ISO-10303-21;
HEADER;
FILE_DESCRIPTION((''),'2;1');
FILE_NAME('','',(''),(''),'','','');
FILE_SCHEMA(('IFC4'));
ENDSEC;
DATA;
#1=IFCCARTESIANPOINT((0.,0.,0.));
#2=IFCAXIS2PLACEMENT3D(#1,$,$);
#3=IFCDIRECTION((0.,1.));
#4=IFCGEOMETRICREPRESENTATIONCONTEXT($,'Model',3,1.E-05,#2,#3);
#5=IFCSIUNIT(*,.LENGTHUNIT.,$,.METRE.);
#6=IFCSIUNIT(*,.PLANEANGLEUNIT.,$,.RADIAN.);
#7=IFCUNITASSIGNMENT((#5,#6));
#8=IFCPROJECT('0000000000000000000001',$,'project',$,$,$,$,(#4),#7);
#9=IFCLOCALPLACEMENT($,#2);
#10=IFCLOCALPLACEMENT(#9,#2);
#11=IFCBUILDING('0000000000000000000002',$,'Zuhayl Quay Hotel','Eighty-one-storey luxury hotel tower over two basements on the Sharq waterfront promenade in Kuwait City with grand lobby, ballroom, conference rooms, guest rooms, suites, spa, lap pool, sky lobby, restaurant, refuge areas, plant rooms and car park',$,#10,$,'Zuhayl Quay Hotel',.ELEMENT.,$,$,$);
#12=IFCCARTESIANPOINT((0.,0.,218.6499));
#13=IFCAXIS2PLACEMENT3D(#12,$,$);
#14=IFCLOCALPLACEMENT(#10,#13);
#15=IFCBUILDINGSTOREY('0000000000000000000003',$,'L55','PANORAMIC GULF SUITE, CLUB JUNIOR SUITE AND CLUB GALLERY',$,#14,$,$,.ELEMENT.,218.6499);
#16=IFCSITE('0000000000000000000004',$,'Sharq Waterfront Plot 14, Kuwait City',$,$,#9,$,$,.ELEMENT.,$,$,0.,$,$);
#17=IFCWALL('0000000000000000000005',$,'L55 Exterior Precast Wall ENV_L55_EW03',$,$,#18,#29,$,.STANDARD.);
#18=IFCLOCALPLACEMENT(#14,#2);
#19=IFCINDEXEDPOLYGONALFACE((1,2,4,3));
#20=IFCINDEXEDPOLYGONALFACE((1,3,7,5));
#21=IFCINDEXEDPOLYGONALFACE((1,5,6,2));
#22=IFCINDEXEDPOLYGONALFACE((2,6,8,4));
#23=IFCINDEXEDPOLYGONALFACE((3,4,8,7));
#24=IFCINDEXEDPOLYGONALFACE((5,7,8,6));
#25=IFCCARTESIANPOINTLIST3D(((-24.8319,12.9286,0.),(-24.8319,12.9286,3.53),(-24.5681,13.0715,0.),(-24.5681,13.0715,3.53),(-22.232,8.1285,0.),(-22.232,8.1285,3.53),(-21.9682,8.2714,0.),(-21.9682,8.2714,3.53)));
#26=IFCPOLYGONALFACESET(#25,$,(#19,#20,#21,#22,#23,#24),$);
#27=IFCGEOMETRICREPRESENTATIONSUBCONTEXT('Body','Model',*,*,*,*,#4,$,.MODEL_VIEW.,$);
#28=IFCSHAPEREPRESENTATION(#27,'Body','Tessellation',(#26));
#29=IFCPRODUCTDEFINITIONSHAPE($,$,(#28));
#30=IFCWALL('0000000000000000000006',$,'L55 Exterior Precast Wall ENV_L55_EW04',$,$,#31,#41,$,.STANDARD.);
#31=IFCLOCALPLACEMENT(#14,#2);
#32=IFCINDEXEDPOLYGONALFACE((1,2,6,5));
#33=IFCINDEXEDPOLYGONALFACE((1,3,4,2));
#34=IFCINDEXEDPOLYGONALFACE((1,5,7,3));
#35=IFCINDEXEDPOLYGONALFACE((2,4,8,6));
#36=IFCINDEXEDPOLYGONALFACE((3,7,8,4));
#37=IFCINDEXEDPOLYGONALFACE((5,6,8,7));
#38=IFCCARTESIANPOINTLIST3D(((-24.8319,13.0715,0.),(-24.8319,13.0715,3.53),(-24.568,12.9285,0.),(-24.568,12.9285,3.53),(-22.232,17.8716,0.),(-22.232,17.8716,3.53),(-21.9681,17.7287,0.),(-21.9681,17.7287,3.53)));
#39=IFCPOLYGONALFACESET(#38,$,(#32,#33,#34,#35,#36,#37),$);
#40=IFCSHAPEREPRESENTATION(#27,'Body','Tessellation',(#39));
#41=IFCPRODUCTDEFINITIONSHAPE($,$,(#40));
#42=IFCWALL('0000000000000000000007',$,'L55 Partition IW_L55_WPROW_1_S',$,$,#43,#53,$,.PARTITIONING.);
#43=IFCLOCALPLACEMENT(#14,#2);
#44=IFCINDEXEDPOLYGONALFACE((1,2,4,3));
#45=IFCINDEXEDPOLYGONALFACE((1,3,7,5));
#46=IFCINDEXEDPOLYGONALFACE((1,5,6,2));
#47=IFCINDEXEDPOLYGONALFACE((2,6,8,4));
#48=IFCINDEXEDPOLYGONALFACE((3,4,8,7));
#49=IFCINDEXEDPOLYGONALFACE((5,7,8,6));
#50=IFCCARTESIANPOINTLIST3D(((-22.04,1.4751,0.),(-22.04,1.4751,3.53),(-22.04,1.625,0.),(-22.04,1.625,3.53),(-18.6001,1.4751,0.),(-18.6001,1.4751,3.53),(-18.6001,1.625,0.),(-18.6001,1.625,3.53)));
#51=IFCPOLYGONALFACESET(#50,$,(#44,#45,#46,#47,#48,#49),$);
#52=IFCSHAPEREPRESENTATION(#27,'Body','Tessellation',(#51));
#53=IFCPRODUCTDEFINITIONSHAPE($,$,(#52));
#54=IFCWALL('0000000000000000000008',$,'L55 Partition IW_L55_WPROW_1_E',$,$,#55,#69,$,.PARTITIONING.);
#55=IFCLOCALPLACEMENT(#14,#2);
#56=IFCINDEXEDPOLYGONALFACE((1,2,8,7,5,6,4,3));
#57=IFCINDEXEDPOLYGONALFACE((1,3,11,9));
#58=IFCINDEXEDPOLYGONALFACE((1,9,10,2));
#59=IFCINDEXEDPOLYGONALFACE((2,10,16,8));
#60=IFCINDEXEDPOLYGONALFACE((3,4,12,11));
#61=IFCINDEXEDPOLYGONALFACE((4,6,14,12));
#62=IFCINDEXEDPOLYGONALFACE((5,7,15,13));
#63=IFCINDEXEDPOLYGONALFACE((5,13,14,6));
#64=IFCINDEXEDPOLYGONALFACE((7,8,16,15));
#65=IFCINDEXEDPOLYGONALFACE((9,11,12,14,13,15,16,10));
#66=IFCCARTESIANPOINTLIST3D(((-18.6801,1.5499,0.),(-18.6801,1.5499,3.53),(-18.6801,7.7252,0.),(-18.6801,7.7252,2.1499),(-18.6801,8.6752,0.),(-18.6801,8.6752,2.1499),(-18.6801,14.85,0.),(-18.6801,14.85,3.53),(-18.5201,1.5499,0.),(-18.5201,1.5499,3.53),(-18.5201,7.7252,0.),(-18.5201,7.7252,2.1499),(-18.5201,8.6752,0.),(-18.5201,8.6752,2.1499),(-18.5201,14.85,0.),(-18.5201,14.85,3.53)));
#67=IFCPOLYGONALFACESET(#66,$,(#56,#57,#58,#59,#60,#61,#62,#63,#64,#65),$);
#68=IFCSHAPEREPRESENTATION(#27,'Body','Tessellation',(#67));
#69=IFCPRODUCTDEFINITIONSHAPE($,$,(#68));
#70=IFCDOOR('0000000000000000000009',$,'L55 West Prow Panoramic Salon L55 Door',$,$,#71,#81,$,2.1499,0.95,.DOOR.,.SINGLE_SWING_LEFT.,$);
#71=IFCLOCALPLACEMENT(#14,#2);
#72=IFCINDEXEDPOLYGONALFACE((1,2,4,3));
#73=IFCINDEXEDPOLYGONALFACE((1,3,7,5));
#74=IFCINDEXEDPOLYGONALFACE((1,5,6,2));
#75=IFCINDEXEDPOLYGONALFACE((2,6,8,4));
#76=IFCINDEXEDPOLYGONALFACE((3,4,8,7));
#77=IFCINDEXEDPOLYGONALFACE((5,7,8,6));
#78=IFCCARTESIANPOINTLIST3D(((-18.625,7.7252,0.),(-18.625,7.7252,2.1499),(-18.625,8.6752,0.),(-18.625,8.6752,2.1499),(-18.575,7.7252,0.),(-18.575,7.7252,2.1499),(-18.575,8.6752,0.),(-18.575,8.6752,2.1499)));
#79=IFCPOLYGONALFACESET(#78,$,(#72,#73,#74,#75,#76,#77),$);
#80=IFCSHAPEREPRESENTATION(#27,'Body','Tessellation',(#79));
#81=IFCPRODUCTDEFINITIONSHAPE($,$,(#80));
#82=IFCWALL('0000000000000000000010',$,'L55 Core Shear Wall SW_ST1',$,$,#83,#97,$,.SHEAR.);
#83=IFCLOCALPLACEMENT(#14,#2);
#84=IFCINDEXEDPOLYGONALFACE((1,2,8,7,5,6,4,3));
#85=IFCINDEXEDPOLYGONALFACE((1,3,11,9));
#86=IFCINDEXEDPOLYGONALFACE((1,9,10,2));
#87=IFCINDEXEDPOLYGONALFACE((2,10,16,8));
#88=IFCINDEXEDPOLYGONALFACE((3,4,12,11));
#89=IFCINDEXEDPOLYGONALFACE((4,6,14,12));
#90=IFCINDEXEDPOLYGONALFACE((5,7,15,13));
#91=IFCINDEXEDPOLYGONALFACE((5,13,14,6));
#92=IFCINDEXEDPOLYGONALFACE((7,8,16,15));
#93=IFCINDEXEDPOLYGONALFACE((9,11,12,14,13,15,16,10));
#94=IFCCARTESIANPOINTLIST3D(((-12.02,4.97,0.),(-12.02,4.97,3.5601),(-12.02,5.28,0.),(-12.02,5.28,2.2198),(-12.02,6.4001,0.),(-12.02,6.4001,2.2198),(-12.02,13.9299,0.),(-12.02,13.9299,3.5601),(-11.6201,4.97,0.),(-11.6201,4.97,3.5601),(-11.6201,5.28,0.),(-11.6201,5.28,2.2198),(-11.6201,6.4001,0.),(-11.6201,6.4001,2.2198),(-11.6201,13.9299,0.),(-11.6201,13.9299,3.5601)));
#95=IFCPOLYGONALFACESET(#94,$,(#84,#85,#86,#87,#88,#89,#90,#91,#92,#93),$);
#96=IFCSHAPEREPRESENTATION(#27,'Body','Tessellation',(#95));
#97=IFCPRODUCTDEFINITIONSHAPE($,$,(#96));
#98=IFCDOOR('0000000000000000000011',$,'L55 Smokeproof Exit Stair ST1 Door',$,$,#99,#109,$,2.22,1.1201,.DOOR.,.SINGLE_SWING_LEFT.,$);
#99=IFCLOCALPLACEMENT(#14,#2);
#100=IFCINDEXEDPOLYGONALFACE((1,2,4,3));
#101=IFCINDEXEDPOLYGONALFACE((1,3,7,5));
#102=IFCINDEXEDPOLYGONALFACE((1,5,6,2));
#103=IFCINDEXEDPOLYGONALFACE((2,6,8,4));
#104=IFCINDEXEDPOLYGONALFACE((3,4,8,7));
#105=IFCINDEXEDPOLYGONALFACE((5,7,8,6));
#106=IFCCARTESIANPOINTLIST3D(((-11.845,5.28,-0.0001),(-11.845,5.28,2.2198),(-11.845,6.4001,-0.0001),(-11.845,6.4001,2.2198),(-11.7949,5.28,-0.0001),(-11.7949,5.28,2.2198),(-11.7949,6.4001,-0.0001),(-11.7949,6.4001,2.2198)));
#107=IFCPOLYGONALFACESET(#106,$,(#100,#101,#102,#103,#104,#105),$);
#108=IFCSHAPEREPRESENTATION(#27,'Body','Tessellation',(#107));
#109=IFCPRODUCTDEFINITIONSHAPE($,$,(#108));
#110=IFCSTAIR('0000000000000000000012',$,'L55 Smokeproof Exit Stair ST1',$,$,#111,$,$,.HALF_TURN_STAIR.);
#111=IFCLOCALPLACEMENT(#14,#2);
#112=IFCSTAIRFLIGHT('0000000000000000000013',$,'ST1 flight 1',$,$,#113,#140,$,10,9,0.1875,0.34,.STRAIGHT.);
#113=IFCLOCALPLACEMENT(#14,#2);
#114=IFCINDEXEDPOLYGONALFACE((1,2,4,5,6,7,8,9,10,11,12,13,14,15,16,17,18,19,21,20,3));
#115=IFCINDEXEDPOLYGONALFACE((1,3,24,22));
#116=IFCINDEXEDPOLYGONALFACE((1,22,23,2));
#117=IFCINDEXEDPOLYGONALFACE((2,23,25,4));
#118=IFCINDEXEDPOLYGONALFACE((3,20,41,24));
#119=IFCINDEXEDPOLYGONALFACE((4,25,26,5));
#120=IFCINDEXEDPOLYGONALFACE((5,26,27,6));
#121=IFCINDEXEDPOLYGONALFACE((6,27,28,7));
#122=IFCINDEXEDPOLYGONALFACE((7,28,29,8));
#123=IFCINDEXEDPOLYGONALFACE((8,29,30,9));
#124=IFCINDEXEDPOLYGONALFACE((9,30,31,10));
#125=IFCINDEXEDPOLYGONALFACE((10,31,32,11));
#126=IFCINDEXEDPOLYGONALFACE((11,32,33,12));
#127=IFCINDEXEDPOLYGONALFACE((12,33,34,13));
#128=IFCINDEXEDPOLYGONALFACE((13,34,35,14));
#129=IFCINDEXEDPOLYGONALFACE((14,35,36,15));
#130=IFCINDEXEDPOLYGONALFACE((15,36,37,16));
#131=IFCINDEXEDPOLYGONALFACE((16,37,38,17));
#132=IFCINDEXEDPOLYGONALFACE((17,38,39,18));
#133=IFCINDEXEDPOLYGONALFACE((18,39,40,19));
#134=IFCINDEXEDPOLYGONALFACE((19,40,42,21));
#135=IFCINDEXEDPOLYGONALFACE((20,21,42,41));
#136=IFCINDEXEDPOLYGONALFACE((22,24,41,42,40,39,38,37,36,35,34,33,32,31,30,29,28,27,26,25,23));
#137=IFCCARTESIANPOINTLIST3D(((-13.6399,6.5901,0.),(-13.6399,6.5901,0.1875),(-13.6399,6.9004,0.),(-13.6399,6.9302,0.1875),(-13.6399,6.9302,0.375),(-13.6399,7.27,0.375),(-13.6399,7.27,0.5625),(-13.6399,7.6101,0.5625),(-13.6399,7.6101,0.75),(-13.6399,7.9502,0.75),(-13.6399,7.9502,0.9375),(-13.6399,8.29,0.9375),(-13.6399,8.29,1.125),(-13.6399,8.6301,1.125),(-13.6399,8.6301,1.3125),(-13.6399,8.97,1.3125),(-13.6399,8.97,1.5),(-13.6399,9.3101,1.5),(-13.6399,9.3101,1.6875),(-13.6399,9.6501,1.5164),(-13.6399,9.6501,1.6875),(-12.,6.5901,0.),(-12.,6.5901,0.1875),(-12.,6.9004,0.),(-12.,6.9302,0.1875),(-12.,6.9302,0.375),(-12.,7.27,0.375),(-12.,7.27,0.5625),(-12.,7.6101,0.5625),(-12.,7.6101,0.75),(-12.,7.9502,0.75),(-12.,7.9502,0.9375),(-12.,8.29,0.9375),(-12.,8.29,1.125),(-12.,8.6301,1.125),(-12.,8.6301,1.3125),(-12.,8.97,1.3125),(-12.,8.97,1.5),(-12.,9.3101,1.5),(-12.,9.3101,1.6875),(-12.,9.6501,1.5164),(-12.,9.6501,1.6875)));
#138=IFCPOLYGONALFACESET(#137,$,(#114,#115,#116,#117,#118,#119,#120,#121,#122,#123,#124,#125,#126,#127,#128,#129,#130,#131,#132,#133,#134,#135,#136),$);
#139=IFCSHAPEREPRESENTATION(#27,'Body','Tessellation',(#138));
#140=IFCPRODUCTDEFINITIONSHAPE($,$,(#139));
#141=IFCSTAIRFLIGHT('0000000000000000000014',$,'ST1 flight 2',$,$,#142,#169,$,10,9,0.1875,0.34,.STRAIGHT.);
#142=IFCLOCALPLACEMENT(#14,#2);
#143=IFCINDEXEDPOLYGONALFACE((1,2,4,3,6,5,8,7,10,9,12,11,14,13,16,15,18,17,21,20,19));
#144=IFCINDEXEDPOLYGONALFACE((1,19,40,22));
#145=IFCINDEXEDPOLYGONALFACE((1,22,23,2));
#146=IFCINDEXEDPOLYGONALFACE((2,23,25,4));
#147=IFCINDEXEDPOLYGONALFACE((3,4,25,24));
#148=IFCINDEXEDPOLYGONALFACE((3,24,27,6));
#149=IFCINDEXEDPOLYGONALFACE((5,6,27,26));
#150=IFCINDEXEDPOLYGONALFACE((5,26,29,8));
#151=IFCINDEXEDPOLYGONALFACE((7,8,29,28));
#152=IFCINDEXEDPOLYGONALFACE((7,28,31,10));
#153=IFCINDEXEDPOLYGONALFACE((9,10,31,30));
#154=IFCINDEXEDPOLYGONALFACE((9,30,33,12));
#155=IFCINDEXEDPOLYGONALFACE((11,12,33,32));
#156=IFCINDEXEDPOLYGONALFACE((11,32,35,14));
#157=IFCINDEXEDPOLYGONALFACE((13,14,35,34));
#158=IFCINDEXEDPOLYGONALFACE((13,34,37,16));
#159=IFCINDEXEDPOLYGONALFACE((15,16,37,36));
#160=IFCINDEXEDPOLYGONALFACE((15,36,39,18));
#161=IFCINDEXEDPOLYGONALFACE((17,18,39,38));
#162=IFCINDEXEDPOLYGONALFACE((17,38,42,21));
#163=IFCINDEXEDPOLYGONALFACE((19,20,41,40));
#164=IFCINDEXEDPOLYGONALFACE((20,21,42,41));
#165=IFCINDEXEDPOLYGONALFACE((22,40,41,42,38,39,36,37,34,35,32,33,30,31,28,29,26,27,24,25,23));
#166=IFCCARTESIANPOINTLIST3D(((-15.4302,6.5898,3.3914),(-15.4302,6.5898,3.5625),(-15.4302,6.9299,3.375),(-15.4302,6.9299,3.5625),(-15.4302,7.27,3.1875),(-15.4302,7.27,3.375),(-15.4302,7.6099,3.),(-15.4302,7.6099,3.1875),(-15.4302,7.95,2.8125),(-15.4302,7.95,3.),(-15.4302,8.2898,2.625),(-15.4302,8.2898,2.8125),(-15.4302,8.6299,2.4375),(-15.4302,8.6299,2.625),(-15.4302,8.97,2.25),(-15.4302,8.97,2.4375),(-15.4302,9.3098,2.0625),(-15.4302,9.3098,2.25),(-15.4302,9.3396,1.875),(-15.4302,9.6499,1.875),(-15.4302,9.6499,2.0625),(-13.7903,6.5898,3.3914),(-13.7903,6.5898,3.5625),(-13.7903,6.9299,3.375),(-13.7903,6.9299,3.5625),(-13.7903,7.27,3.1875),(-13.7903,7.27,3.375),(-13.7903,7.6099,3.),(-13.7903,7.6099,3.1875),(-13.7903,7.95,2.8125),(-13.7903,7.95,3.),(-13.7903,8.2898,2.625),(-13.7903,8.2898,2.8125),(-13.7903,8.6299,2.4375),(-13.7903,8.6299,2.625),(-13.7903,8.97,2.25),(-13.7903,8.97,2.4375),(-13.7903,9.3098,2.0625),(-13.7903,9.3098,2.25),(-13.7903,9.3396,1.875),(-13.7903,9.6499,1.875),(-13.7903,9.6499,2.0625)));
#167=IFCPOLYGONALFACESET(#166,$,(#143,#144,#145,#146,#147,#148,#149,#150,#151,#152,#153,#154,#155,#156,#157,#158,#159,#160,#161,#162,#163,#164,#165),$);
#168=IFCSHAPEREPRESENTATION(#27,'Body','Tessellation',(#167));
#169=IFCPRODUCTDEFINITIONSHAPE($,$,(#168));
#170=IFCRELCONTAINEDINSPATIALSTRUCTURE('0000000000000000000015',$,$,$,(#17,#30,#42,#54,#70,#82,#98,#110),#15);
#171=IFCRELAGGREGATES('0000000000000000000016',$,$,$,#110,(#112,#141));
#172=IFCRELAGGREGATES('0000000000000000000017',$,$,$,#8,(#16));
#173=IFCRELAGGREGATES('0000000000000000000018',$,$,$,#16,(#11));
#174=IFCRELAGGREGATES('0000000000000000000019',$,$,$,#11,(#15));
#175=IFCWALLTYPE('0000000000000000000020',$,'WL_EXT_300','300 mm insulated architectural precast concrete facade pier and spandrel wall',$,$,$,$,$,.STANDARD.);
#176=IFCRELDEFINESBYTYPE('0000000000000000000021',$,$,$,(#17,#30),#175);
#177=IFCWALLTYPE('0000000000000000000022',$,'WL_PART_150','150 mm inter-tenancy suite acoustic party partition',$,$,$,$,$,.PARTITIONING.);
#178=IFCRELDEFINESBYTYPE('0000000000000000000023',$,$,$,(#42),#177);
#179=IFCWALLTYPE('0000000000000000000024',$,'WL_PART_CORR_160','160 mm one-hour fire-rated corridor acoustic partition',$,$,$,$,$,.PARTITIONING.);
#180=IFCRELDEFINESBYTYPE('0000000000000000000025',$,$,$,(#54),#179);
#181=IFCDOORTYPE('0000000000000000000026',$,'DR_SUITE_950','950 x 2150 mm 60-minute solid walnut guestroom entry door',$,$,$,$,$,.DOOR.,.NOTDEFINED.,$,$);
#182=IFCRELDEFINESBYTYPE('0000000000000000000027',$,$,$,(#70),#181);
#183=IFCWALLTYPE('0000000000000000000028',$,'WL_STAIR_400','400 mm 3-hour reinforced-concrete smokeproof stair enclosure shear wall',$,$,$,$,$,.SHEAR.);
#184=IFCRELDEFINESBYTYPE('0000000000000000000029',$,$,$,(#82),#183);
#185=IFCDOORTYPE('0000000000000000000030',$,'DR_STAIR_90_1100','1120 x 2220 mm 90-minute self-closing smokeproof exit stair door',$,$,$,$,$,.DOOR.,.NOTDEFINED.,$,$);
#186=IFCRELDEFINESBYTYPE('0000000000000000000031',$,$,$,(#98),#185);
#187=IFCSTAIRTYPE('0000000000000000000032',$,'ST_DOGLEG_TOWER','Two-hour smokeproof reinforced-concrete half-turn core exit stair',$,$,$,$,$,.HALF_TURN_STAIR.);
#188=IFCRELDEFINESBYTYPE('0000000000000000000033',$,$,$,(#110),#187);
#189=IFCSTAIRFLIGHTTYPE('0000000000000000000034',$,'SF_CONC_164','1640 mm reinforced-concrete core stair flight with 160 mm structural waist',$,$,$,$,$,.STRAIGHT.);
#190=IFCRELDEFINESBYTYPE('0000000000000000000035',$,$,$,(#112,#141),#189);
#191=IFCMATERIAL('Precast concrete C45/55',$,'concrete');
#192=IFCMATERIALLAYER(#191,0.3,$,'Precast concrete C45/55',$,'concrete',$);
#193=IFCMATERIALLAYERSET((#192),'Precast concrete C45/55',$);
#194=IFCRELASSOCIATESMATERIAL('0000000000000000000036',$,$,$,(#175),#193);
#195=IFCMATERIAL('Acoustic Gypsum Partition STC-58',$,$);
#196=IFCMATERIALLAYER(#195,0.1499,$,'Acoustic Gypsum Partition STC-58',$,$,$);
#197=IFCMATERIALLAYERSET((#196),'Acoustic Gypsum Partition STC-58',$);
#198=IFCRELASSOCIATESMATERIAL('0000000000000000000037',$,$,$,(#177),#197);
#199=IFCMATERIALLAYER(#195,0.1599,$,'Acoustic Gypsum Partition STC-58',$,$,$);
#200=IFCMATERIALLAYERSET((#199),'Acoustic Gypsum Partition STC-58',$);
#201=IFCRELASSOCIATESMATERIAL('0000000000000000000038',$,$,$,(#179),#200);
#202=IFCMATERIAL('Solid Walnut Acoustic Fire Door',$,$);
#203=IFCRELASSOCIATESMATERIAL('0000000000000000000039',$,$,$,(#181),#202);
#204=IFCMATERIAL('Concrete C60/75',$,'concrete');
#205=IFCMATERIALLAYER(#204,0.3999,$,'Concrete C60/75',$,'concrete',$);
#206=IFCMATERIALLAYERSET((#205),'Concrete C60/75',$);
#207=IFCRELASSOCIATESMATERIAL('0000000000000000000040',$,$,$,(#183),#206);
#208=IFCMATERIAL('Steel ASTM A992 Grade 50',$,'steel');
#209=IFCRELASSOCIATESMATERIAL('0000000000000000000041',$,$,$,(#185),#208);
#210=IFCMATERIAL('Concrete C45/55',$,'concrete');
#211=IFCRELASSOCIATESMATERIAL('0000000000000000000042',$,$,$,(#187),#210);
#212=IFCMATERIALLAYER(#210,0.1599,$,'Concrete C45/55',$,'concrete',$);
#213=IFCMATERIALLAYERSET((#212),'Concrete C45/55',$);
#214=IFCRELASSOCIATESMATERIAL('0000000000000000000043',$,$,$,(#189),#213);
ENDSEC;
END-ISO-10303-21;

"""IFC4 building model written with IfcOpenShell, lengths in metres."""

from ifc_helpers import new_model, si_unit, direction, frame, frame_2d, origin, place, context, subcontext, project, spatial, polyline, rectangle, outline, extrude, material, layer, layer_set, type_object, element, fill, aggregate, save


model = new_model("IFC4")

# Units and contexts
model_context = context("Model", 3, precision=1e-05, world=origin(), true_north=direction((0.0, 1.0)))
body_context = subcontext(model_context, "Body", "Model", "MODEL_VIEW")
ifc_project = project(units=[si_unit("LENGTHUNIT", "METRE"), si_unit("PLANEANGLEUNIT", "RADIAN")], contexts=[model_context])

# Site, building, storey
site_placement = place(None, origin())
site = spatial("IfcSite", under=ifc_project, at=site_placement, Name="Sharq Waterfront Plot 14, Kuwait City", CompositionType="ELEMENT", RefElevation=0.0)
building_placement = place(site_placement, origin())
building = spatial("IfcBuilding", under=site, at=building_placement, Name="Zuhayl Quay Hotel", Description="Eighty-one-storey luxury hotel tower over two basements on the Sharq waterfront promenade in Kuwait City with grand lobby, ballroom, conference rooms, guest rooms, suites, spa, lap pool, sky lobby, restaurant, refuge areas, plant rooms and car park", LongName="Zuhayl Quay Hotel", CompositionType="ELEMENT")
storey_placement = place(building_placement, frame((0.0, 0.0, 218.6499)))
storey = spatial("IfcBuildingStorey", under=building, at=storey_placement, Name="L55", Description="PANORAMIC GULF SUITE, CLUB JUNIOR SUITE AND CLUB GALLERY", CompositionType="ELEMENT", Elevation=218.6499)

# Shared definitions
ifc_material_1 = material(Name="Concrete C60/75", Category="concrete")

# Shared definitions
ifc_material_2 = material(Name="Steel ASTM A992 Grade 50", Category="steel")

# Walls
ifc_material_3 = material(Name="Precast concrete C45/55", Category="concrete")
ifc_layer_1 = layer(ifc_material_3, 0.3, Name="Precast concrete C45/55", Category="concrete")
ifc_layer_set_1 = layer_set([ifc_layer_1], Name="Precast concrete C45/55")
wall_type_1 = type_object("IfcWallType", Name="WL_EXT_300", Description="300 mm insulated architectural precast concrete facade pier and spandrel wall", PredefinedType="STANDARD", material=ifc_layer_set_1)
for number, where, z_axis, x_axis, name in (
    (1, (-22.1001, 8.2, 0.0), (0.0, 0.0, 1.0), (-0.476259, 0.879305, 0.0), "L55 Exterior Precast Wall ENV_L55_EW03"),
    (2, (-24.7, 13.0, 0.0), (0.0, 0.0, 1.0), (0.476259, 0.879305, 0.0), "L55 Exterior Precast Wall ENV_L55_EW04"),
):
    element("IfcWall", number, at=place(storey_placement, frame(where, z_axis=z_axis, x_axis=x_axis)), inside=storey, type_object=wall_type_1, Name=name, PredefinedType="STANDARD", context=body_context, shape_type="SweptSolid", body=[
        extrude(rectangle(XDim=5.459, YDim=0.3, at=frame_2d((2.7295, 0.0))), origin(), (0.0, 0.0, 1.0), 3.53),
    ])
ifc_material_4 = material(Name="Acoustic Gypsum Partition STC-58")
ifc_layer_2 = layer(ifc_material_4, 0.1499, Name="Acoustic Gypsum Partition STC-58")
ifc_layer_set_2 = layer_set([ifc_layer_2], Name="Acoustic Gypsum Partition STC-58")
wall_type_2 = type_object("IfcWallType", Name="WL_PART_150", Description="150 mm inter-tenancy suite acoustic party partition", PredefinedType="PARTITIONING", material=ifc_layer_set_2)
wall_1_placement = place(storey_placement, frame((-22.04, 1.55, 0.0), z_axis=(0.0, 0.0, 1.0), x_axis=(1.0, 0.0, 0.0)))
element("IfcWall", 3, at=wall_1_placement, inside=storey, type_object=wall_type_2, Name="L55 Partition IW_L55_WPROW_1_S", PredefinedType="PARTITIONING", context=body_context, shape_type="SweptSolid", body=[
    extrude(rectangle(XDim=3.4399, YDim=0.1499, at=frame_2d((1.72, 0.0))), origin(), (0.0, 0.0, 1.0), 3.53),
])

# Walls, openings, doors
ifc_layer_3 = layer(ifc_material_4, 0.1599, Name="Acoustic Gypsum Partition STC-58")
ifc_layer_set_3 = layer_set([ifc_layer_3], Name="Acoustic Gypsum Partition STC-58")
wall_type_3 = type_object("IfcWallType", Name="WL_PART_CORR_160", Description="160 mm one-hour fire-rated corridor acoustic partition", PredefinedType="PARTITIONING", material=ifc_layer_set_3)
wall_2_placement = place(storey_placement, frame((-18.6001, 1.55, 0.0), z_axis=(0.0, 0.0, 1.0), x_axis=(0.0, 1.0, 0.0)))
wall_2 = element("IfcWall", 4, at=wall_2_placement, inside=storey, type_object=wall_type_3, Name="L55 Partition IW_L55_WPROW_1_E", PredefinedType="PARTITIONING", context=body_context, shape_type="SweptSolid", body=[
    extrude(rectangle(XDim=13.3, YDim=0.1599, at=frame_2d((6.6499, 0.0))), origin(), (0.0, 0.0, 1.0), 3.53),
])
opening_1_placement = place(wall_2_placement, frame((6.175, 0.0, 0.0)))
opening_1 = element("IfcOpeningElement", 5, at=opening_1_placement, cuts=wall_2, PredefinedType="OPENING", context=body_context, shape_type="SweptSolid", body=[
    extrude(rectangle(XDim=0.95, YDim=2.1499, at=frame_2d((0.4751, 1.075))), frame((0.0, 0.0898, 0.0), z_axis=(0.0, -1.0, 0.0), x_axis=(1.0, 0.0, 0.0)), (0.0, 0.0, 1.0), 0.1799),
])
ifc_material_5 = material(Name="Solid Walnut Acoustic Fire Door")
door_type_1 = type_object("IfcDoorType", Name="DR_SUITE_950", Description="950 x 2150 mm 60-minute solid walnut guestroom entry door", OperationType="NOTDEFINED", PredefinedType="DOOR", material=ifc_material_5)
door_1_placement = place(opening_1_placement, origin())
door_1 = element("IfcDoor", 6, at=door_1_placement, inside=storey, type_object=door_type_1, Name="L55 West Prow Panoramic Salon L55 Door", OperationType="SINGLE_SWING_LEFT", OverallHeight=2.1499, OverallWidth=0.95, PredefinedType="DOOR", context=body_context, shape_type="SweptSolid", body=[
    extrude(rectangle(XDim=0.95, YDim=2.1499, at=frame_2d((0.4751, 1.075))), frame((0.0, 0.0249, 0.0), z_axis=(0.0, -1.0, 0.0), x_axis=(1.0, 0.0, 0.0)), (0.0, 0.0, 1.0), 0.05),
])
fill(opening_1, door_1)
ifc_layer_4 = layer(ifc_material_1, 0.3999, Name="Concrete C60/75", Category="concrete")
ifc_layer_set_4 = layer_set([ifc_layer_4], Name="Concrete C60/75")
wall_type_4 = type_object("IfcWallType", Name="WL_STAIR_400", Description="400 mm 3-hour reinforced-concrete smokeproof stair enclosure shear wall", PredefinedType="SHEAR", material=ifc_layer_set_4)
wall_3_placement = place(storey_placement, frame((-11.8201, 4.97, 0.0), z_axis=(0.0, 0.0, 1.0), x_axis=(0.0, 1.0, 0.0)))
wall_3 = element("IfcWall", 7, at=wall_3_placement, inside=storey, type_object=wall_type_4, Name="L55 Core Shear Wall SW_ST1", PredefinedType="SHEAR", context=body_context, shape_type="SweptSolid", body=[
    extrude(rectangle(XDim=8.96, YDim=0.3999, at=frame_2d((4.48, 0.0))), origin(), (0.0, 0.0, 1.0), 3.5601),
])
opening_2_placement = place(wall_3_placement, frame((0.3101, 0.0, 0.0)))
opening_2 = element("IfcOpeningElement", 8, at=opening_2_placement, cuts=wall_3, PredefinedType="OPENING", context=body_context, shape_type="SweptSolid", body=[
    extrude(rectangle(XDim=1.1201, YDim=2.22, at=frame_2d((0.5601, 1.1099))), frame((0.0, 0.21, 0.0), z_axis=(0.0, -1.0, 0.0), x_axis=(1.0, 0.0, 0.0)), (0.0, 0.0, 1.0), 0.4199),
])
door_type_2 = type_object("IfcDoorType", Name="DR_STAIR_90_1100", Description="1120 x 2220 mm 90-minute self-closing smokeproof exit stair door", OperationType="NOTDEFINED", PredefinedType="DOOR", material=ifc_material_2)
door_2_placement = place(opening_2_placement, origin())
door_2 = element("IfcDoor", 9, at=door_2_placement, inside=storey, type_object=door_type_2, Name="L55 Smokeproof Exit Stair ST1 Door", OperationType="SINGLE_SWING_LEFT", OverallHeight=2.22, OverallWidth=1.1201, PredefinedType="DOOR", context=body_context, shape_type="SweptSolid", body=[
    extrude(rectangle(XDim=1.1201, YDim=2.22, at=frame_2d((0.5601, 1.1099))), frame((0.0, 0.0249, 0.0), z_axis=(0.0, -1.0, 0.0), x_axis=(1.0, 0.0, 0.0)), (0.0, 0.0, 1.0), 0.05),
])
fill(opening_2, door_2)

# Stair, stair flights
ifc_material_6 = material(Name="Concrete C45/55", Category="concrete")
stair_type = type_object("IfcStairType", Name="ST_DOGLEG_TOWER", Description="Two-hour smokeproof reinforced-concrete half-turn core exit stair", PredefinedType="HALF_TURN_STAIR", material=ifc_material_6)
stair_placement = place(storey_placement, origin())
stair = element("IfcStair", 10, at=stair_placement, inside=storey, type_object=stair_type, Name="L55 Smokeproof Exit Stair ST1", PredefinedType="HALF_TURN_STAIR")
ifc_layer_5 = layer(ifc_material_6, 0.1599, Name="Concrete C45/55", Category="concrete")
ifc_layer_set_5 = layer_set([ifc_layer_5], Name="Concrete C45/55")
stair_flight_type = type_object("IfcStairFlightType", Name="SF_CONC_164", Description="1640 mm reinforced-concrete core stair flight with 160 mm structural waist", PredefinedType="STRAIGHT", material=ifc_layer_set_5)
stair_flight_1_placement = place(storey_placement, frame((-12.8201, 6.5901, 0.0), z_axis=(0.0, 0.0, 1.0), x_axis=(0.0, 1.0, 0.0)))
stair_flight_1 = element("IfcStairFlight", 11, at=stair_flight_1_placement, type_object=stair_flight_type, Name="ST1 flight 1", NumberOfRisers=10, NumberOfTreads=9, PredefinedType="STRAIGHT", RiserHeight=0.1875, TreadLength=0.34, context=body_context, shape_type="SweptSolid", body=[
    extrude(outline(polyline([(0.0, 0.0), (0.0, 0.1875), (0.3401, 0.1875), (0.3401, 0.375), (0.6799, 0.375), (0.6799, 0.5625), (1.02, 0.5625), (1.02, 0.75), (1.3601, 0.75), (1.3601, 0.9375), (1.7, 0.9375), (1.7, 1.125), (2.04, 1.125), (2.04, 1.3125), (2.3799, 1.3125), (2.3799, 1.5), (2.72, 1.5), (2.72, 1.6875), (3.0601, 1.6875), (3.0601, 1.875), (3.0601, 1.5164), (0.3103, 0.0), (0.0, 0.0)])), frame((0.0, 0.8198, 0.0), z_axis=(0.0, -1.0, 0.0), x_axis=(1.0, 0.0, 0.0)), (0.0, 0.0, 1.0), 1.6399),
])
stair_flight_2_placement = place(storey_placement, frame((-14.6101, 9.6499, 1.875), z_axis=(0.0, 0.0, 1.0), x_axis=(0.0, -1.0, 0.0)))
stair_flight_2 = element("IfcStairFlight", 12, at=stair_flight_2_placement, type_object=stair_flight_type, Name="ST1 flight 2", NumberOfRisers=10, NumberOfTreads=9, PredefinedType="STRAIGHT", RiserHeight=0.1875, TreadLength=0.34, context=body_context, shape_type="SweptSolid", body=[
    extrude(outline(polyline([(0.0, 0.0), (0.0, 0.1875), (0.3401, 0.1875), (0.3401, 0.375), (0.6799, 0.375), (0.6799, 0.5625), (1.02, 0.5625), (1.02, 0.75), (1.3601, 0.75), (1.3601, 0.9375), (1.7, 0.9375), (1.7, 1.125), (2.04, 1.125), (2.04, 1.3125), (2.3799, 1.3125), (2.3799, 1.5), (2.72, 1.5), (2.72, 1.6875), (3.0601, 1.6875), (3.0601, 1.875), (3.0601, 1.5164), (0.3103, 0.0), (0.0, 0.0)])), frame((0.0, 0.8198, 0.0), z_axis=(0.0, -1.0, 0.0), x_axis=(1.0, 0.0, 0.0)), (0.0, 0.0, 1.0), 1.6399),
])
aggregate(stair, [stair_flight_1, stair_flight_2])

save(model, "model.ifc")
